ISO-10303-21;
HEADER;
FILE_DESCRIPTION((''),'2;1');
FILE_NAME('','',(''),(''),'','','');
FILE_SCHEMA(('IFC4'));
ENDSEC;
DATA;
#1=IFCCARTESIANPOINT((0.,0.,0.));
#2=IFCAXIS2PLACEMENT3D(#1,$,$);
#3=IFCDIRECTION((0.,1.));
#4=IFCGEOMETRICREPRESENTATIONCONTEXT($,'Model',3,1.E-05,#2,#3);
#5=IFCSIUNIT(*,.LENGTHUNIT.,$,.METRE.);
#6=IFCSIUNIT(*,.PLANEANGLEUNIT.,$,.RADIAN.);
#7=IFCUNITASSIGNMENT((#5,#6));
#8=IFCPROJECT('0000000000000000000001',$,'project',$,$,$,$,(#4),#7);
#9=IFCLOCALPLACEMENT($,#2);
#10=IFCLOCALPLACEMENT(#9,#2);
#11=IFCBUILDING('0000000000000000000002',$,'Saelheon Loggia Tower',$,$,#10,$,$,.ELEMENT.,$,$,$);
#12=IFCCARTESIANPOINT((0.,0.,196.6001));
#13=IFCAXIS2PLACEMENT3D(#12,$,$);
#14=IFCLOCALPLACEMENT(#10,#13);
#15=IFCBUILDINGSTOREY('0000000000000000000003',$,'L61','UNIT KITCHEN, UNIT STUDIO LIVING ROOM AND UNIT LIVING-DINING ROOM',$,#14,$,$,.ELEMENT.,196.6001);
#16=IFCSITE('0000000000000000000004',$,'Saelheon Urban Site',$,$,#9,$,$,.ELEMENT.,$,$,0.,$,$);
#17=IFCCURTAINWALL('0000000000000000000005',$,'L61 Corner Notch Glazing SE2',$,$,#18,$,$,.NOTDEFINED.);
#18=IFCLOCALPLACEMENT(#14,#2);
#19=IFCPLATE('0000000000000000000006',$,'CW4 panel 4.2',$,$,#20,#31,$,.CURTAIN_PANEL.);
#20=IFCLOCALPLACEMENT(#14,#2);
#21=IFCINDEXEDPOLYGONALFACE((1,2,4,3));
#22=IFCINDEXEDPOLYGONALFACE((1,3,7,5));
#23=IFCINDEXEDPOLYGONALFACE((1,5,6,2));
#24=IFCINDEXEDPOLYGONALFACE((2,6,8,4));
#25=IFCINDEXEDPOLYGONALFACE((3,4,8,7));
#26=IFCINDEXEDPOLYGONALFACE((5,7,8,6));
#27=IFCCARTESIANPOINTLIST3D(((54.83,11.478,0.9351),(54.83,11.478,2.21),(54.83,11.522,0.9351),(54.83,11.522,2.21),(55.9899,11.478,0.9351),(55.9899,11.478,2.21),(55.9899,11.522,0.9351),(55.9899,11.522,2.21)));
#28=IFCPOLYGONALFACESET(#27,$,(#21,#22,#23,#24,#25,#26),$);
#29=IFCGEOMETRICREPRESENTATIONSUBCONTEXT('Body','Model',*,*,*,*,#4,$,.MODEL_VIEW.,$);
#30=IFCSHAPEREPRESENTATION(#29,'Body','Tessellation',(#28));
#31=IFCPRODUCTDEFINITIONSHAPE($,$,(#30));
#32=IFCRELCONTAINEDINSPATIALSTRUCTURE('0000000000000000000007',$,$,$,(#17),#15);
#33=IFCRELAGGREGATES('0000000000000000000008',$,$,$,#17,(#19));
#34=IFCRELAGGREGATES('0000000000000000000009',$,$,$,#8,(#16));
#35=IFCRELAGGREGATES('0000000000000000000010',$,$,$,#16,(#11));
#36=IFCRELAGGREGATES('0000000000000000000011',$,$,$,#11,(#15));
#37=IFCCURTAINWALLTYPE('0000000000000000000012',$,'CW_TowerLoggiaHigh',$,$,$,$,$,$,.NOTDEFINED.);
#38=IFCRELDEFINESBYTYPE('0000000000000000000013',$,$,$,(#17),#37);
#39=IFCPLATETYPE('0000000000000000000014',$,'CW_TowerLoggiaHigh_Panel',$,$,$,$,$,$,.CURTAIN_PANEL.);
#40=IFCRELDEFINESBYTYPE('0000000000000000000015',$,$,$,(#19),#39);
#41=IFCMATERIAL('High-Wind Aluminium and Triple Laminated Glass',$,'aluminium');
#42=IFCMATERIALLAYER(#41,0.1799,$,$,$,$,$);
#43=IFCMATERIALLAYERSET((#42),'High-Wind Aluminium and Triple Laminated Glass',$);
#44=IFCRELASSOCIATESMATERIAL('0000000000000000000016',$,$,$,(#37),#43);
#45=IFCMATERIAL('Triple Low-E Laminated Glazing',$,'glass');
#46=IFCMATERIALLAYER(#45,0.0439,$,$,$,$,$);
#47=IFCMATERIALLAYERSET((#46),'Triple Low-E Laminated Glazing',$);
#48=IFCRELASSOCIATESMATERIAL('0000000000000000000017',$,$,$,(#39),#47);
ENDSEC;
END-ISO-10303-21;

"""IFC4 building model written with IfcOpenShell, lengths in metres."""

from ifc_helpers import new_model, si_unit, direction, frame, origin, origin_2d, place, context, subcontext, project, spatial, rectangle, extrude, source, transform, mapped, material, layer, layer_set, type_object, element, aggregate, save


model = new_model("IFC4")

# Units and contexts
model_context = context("Model", 3, precision=1e-05, world=origin(), true_north=direction((0.0, 1.0)))
body_context = subcontext(model_context, "Body", "Model", "MODEL_VIEW")
ifc_project = project(units=[si_unit("LENGTHUNIT", "METRE"), si_unit("PLANEANGLEUNIT", "RADIAN")], contexts=[model_context])

# Site, building, storey
site_placement = place(None, origin())
site = spatial("IfcSite", under=ifc_project, at=site_placement, Name="Saelheon Urban Site", CompositionType="ELEMENT", RefElevation=0.0)
building_placement = place(site_placement, origin())
building = spatial("IfcBuilding", under=site, at=building_placement, Name="Saelheon Loggia Tower", CompositionType="ELEMENT")
storey_placement = place(building_placement, frame((0.0, 0.0, 196.6001)))
storey = spatial("IfcBuildingStorey", under=building, at=storey_placement, Name="L61", Description="UNIT KITCHEN, UNIT STUDIO LIVING ROOM AND UNIT LIVING-DINING ROOM", CompositionType="ELEMENT", Elevation=196.6001)

# Curtain wall, plate
ifc_material_1 = material(Name="High-Wind Aluminium and Triple Laminated Glass", Category="aluminium")
ifc_layer_1 = layer(ifc_material_1, 0.1799)
ifc_layer_set_1 = layer_set([ifc_layer_1], Name="High-Wind Aluminium and Triple Laminated Glass")
curtain_wall_type = type_object("IfcCurtainWallType", Name="CW_TowerLoggiaHigh", PredefinedType="NOTDEFINED", material=ifc_layer_set_1)
curtain_wall_placement = place(storey_placement, origin())
curtain_wall = element("IfcCurtainWall", 1, at=curtain_wall_placement, inside=storey, type_object=curtain_wall_type, Name="L61 Corner Notch Glazing SE2", PredefinedType="NOTDEFINED")
ifc_material_2 = material(Name="Triple Low-E Laminated Glazing", Category="glass")
ifc_layer_2 = layer(ifc_material_2, 0.0439)
ifc_layer_set_2 = layer_set([ifc_layer_2], Name="Triple Low-E Laminated Glazing")
plate_type = type_object("IfcPlateType", Name="CW_TowerLoggiaHigh_Panel", PredefinedType="CURTAIN_PANEL", material=ifc_layer_set_2)
shared_shape_1 = source(origin(), body_context, "Body", "SweptSolid", [
    extrude(rectangle(XDim=1.1599, YDim=0.0439, at=origin_2d()), origin(), (0.0, 0.0, 1.0), 1.2749),
])
plate_1_placement = place(storey_placement, frame((55.4099, 11.5, 0.9351), z_axis=(0.0, 0.0, 1.0), x_axis=(1.0, 0.0, 0.0)))
plate_1 = element("IfcPlate", 2, at=plate_1_placement, type_object=plate_type, Name="CW4 panel 4.2", PredefinedType="CURTAIN_PANEL", context=body_context, shape_type="MappedRepresentation", body=[
    mapped(shared_shape_1, transform((0.0, 0.0, 0.0), scale=1.0)),
])
aggregate(curtain_wall, [plate_1])

save(model, "model.ifc")
